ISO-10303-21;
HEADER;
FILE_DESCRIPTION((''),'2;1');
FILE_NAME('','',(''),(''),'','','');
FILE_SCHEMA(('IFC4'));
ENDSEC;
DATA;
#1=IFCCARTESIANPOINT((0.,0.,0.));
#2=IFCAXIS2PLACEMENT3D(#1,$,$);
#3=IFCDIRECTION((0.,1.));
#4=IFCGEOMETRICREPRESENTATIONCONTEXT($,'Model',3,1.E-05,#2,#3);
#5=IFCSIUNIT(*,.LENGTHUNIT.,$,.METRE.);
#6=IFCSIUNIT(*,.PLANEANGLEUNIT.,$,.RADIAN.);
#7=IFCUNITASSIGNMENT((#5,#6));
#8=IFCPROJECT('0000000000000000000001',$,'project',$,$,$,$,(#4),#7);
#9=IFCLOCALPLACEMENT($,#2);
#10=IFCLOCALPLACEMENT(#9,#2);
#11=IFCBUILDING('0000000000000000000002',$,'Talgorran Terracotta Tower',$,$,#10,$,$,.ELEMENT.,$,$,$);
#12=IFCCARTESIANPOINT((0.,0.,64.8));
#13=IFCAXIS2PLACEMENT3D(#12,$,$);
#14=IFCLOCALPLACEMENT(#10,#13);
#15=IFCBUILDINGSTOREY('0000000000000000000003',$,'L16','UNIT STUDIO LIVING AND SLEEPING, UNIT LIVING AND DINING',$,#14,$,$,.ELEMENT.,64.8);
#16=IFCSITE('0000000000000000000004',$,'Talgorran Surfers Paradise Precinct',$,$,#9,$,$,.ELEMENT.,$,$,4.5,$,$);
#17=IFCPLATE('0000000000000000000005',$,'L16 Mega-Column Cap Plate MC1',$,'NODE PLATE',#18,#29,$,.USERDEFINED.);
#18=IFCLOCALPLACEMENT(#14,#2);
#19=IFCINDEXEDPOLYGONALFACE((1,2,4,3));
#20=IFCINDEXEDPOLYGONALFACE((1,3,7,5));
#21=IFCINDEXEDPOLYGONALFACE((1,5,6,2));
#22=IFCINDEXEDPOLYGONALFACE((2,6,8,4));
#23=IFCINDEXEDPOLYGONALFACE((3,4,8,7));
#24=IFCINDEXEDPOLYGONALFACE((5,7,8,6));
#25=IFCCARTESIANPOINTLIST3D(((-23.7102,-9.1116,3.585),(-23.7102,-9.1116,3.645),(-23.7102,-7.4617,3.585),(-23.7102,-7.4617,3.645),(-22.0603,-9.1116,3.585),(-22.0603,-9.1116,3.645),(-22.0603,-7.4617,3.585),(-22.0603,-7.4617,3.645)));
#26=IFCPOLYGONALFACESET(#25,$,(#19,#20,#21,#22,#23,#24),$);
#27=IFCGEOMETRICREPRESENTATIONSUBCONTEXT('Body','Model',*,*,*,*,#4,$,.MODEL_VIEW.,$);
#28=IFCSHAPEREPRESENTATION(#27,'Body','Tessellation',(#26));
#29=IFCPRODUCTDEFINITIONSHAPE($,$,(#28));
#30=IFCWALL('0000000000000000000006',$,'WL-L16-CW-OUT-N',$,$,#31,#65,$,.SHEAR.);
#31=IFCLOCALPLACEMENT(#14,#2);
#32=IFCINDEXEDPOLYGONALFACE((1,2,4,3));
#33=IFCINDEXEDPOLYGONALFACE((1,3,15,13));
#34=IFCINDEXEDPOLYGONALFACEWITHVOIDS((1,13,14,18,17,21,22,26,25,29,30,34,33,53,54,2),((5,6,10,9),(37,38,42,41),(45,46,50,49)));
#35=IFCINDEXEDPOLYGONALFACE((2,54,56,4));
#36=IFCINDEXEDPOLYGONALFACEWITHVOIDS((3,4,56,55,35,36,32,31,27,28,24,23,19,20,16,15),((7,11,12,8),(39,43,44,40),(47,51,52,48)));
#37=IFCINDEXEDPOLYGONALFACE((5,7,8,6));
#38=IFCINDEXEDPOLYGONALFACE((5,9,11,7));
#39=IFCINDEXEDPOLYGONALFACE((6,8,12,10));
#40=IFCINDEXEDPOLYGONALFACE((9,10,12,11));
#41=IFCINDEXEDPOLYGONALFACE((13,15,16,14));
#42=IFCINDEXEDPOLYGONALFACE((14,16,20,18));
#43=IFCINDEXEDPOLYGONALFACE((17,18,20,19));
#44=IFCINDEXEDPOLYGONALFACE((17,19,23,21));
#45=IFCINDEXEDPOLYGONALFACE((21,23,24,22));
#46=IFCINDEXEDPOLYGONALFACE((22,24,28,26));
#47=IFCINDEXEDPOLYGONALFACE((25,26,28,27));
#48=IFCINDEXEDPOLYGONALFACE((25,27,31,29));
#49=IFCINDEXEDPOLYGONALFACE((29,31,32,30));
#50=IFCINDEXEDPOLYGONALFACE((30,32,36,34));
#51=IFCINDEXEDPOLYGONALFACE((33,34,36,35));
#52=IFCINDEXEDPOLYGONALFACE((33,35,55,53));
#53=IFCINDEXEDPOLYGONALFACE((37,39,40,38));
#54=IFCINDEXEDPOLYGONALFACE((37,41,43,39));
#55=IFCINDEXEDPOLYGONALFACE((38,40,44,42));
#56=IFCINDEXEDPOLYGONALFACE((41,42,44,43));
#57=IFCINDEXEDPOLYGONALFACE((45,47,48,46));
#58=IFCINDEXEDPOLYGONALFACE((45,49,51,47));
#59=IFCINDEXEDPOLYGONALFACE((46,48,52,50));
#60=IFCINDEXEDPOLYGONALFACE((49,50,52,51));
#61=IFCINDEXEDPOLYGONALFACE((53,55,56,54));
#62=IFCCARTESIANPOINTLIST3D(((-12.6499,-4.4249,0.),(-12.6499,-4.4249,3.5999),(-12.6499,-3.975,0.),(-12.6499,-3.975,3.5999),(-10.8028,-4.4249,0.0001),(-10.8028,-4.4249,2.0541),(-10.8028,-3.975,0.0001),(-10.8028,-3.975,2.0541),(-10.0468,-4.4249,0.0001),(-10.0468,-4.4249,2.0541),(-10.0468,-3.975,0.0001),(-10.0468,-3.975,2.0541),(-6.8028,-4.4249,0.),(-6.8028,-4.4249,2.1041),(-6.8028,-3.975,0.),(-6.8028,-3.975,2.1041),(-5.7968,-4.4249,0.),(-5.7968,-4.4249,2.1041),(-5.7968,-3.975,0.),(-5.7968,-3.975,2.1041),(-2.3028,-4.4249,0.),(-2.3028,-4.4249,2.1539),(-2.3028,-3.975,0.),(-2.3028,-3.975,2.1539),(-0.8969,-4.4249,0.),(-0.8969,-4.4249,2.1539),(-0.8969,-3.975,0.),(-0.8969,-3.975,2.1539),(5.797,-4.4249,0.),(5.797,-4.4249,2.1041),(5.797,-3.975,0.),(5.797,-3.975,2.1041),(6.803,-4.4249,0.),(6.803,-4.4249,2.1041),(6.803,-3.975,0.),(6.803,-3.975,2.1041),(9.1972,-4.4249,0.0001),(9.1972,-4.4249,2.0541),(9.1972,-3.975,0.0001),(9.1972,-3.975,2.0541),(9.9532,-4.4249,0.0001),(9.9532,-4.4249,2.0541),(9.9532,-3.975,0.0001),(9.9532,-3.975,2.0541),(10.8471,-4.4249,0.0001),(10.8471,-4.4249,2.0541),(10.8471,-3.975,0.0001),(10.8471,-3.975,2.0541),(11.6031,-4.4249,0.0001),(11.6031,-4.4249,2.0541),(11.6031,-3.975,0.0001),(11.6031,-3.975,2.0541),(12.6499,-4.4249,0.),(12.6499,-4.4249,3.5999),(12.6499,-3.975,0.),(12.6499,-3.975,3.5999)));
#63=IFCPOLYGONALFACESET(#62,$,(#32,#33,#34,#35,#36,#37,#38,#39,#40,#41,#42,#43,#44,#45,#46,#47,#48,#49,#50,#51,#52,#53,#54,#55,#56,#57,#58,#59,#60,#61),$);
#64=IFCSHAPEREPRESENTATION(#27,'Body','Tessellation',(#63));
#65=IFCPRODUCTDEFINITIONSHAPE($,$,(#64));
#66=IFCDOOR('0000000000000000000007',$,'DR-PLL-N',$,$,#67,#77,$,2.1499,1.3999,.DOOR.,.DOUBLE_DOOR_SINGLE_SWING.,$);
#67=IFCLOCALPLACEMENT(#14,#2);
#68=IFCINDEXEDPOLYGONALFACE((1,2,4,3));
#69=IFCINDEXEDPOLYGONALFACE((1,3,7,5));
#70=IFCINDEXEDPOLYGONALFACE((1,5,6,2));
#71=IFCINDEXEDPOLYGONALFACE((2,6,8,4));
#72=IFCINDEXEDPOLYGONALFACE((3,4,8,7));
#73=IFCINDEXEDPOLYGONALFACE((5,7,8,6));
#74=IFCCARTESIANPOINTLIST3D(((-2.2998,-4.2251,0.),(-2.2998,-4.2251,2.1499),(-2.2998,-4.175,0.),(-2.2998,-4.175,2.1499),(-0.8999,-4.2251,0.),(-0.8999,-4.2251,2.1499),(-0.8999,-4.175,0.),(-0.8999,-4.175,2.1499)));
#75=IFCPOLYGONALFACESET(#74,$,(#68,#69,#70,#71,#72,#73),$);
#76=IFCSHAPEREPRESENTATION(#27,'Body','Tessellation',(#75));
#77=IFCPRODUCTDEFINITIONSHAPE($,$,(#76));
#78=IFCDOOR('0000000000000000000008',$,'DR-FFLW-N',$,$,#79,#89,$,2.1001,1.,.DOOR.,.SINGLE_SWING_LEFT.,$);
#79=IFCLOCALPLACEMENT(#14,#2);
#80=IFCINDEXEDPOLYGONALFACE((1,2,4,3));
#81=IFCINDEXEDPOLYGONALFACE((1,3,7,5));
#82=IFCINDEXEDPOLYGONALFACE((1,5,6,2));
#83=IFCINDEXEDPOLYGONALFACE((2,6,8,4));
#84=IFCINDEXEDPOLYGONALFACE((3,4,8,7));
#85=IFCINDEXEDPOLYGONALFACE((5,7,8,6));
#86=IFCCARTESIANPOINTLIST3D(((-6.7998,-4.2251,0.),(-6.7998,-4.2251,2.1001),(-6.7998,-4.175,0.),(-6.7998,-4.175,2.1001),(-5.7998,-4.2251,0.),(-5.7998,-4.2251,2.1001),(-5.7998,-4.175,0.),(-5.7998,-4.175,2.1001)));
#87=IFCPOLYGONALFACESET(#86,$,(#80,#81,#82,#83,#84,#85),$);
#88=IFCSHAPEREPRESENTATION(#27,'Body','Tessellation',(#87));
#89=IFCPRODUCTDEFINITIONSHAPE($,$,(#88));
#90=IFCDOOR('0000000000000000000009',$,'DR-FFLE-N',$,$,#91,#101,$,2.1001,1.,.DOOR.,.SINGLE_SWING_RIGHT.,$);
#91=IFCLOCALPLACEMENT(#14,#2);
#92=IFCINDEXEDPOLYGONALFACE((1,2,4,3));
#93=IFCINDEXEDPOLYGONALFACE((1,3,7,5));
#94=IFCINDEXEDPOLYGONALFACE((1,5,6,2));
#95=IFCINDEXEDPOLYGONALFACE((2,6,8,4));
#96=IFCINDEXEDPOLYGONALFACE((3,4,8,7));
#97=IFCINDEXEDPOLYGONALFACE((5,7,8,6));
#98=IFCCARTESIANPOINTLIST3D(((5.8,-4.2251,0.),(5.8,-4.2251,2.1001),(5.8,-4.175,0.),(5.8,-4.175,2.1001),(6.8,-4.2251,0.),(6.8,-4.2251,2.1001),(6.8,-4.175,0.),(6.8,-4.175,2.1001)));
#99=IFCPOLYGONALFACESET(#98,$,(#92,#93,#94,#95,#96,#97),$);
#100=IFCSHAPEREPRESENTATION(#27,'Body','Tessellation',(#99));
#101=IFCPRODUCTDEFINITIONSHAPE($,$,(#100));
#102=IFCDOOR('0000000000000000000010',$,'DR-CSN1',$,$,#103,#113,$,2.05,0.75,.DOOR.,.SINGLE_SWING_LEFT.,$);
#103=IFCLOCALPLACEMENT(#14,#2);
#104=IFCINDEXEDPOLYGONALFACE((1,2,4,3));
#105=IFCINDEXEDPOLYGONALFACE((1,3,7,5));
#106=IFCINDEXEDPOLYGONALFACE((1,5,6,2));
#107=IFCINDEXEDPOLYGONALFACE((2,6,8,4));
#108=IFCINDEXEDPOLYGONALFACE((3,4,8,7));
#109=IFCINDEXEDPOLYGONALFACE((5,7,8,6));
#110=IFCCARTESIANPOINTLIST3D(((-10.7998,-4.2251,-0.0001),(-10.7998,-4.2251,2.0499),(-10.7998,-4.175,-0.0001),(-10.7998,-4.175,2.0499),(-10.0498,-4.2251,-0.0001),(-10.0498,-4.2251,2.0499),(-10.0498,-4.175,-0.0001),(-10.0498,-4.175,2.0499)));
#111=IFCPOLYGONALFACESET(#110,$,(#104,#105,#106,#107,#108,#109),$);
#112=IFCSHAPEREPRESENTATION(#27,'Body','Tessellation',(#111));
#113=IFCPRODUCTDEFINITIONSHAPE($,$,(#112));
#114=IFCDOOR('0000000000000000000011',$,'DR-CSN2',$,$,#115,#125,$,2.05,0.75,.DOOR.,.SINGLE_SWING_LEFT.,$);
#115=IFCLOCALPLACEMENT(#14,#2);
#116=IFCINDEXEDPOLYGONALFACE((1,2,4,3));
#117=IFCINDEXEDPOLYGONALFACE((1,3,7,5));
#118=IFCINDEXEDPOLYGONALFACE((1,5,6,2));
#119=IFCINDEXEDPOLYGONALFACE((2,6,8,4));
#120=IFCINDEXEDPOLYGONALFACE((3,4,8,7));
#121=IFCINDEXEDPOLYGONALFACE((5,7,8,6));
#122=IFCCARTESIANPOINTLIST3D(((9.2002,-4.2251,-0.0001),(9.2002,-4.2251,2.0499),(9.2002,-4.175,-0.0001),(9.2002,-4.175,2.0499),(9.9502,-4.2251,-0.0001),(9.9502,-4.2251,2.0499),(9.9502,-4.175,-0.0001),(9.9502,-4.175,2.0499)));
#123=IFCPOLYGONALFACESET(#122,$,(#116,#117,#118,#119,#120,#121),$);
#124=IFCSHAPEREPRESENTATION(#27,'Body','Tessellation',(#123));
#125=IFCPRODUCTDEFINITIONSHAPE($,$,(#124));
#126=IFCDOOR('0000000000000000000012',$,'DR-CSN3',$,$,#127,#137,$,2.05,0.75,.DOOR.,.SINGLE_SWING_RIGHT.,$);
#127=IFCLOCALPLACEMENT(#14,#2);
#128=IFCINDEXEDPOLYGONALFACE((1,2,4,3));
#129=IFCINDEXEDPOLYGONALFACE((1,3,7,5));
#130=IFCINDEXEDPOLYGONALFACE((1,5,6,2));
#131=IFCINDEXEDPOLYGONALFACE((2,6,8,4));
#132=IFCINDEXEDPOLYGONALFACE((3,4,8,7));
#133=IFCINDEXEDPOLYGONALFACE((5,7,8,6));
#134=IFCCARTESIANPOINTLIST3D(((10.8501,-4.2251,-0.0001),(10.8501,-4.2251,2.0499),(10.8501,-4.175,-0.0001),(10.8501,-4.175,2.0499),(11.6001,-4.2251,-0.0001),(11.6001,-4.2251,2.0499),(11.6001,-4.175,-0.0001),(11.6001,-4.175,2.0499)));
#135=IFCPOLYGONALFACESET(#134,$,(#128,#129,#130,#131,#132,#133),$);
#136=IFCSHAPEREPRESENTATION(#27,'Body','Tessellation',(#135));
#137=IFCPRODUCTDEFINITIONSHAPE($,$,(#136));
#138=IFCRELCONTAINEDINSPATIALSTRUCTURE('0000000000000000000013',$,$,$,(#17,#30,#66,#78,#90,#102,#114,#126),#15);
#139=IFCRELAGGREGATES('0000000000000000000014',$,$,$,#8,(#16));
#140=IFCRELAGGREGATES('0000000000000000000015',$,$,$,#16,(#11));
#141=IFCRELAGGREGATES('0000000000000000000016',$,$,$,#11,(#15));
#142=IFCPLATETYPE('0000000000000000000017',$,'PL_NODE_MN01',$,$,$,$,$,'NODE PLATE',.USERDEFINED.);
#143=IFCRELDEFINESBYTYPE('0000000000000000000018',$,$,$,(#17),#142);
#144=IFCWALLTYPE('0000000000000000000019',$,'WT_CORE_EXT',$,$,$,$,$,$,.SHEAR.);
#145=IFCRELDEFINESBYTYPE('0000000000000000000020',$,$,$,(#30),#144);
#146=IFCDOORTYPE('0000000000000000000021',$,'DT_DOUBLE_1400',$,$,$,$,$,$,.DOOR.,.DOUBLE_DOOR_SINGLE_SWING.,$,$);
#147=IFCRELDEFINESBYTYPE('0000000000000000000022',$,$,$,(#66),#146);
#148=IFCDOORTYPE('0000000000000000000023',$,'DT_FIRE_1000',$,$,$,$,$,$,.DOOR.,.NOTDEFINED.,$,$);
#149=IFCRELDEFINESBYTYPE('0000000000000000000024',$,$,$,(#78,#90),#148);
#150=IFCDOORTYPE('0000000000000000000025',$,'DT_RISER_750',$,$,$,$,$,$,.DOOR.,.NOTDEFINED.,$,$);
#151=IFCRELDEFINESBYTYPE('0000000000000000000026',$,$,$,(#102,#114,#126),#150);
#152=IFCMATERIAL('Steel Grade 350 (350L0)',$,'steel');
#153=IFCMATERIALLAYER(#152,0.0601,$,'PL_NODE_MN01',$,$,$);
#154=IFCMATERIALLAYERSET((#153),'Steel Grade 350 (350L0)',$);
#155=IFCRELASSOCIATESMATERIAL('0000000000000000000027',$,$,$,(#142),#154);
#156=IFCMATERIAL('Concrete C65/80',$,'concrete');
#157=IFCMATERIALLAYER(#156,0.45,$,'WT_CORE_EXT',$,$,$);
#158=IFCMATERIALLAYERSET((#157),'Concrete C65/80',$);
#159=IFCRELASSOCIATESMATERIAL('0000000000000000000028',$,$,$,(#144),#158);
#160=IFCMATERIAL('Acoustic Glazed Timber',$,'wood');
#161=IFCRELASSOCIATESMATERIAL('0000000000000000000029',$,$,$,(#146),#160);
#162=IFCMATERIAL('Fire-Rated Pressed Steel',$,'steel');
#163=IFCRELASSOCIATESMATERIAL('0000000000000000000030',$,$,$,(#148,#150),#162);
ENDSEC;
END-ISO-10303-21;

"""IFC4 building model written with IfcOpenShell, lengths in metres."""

from ifc_helpers import new_model, si_unit, direction, frame, frame_2d, origin, origin_2d, place, context, subcontext, project, spatial, rectangle, extrude, material, layer, layer_set, type_object, element, fill, save


model = new_model("IFC4")

# Units and contexts
model_context = context("Model", 3, precision=1e-05, world=origin(), true_north=direction((0.0, 1.0)))
body_context = subcontext(model_context, "Body", "Model", "MODEL_VIEW")
ifc_project = project(units=[si_unit("LENGTHUNIT", "METRE"), si_unit("PLANEANGLEUNIT", "RADIAN")], contexts=[model_context])

# Site, building, storey
site_placement = place(None, origin())
site = spatial("IfcSite", under=ifc_project, at=site_placement, Name="Talgorran Surfers Paradise Precinct", CompositionType="ELEMENT", RefElevation=4.5)
building_placement = place(site_placement, origin())
building = spatial("IfcBuilding", under=site, at=building_placement, Name="Talgorran Terracotta Tower", CompositionType="ELEMENT")
storey_placement = place(building_placement, frame((0.0, 0.0, 64.8)))
storey = spatial("IfcBuildingStorey", under=building, at=storey_placement, Name="L16", Description="UNIT STUDIO LIVING AND SLEEPING, UNIT LIVING AND DINING", CompositionType="ELEMENT", Elevation=64.8)

# Shared definitions
ifc_material_1 = material(Name="Steel Grade 350 (350L0)", Category="steel")

# Plate
ifc_layer_1 = layer(ifc_material_1, 0.0601, Name="PL_NODE_MN01")
ifc_layer_set_1 = layer_set([ifc_layer_1], Name="Steel Grade 350 (350L0)")
plate_type_1 = type_object("IfcPlateType", Name="PL_NODE_MN01", ElementType="NODE PLATE", PredefinedType="USERDEFINED", material=ifc_layer_set_1)
plate_placement = place(storey_placement, frame((-22.8853, -8.2866, 3.585), z_axis=(0.0, 0.0, 1.0), x_axis=(1.0, 0.0, 0.0)))
element("IfcPlate", 1, at=plate_placement, inside=storey, type_object=plate_type_1, Name="L16 Mega-Column Cap Plate MC1", ObjectType="NODE PLATE", PredefinedType="USERDEFINED", context=body_context, shape_type="SweptSolid", body=[
    extrude(rectangle(XDim=1.6499, YDim=1.6499, at=origin_2d()), origin(), (0.0, 0.0, 1.0), 0.0601),
])

# Wall, openings, doors
ifc_material_2 = material(Name="Concrete C65/80", Category="concrete")
ifc_layer_2 = layer(ifc_material_2, 0.45, Name="WT_CORE_EXT")
ifc_layer_set_2 = layer_set([ifc_layer_2], Name="Concrete C65/80")
wall_type_1 = type_object("IfcWallType", Name="WT_CORE_EXT", PredefinedType="SHEAR", material=ifc_layer_set_2)
wall_1_placement = place(storey_placement, frame((-12.6499, -4.2, 0.0), z_axis=(0.0, 0.0, 1.0), x_axis=(1.0, 0.0, 0.0)))
wall_1 = element("IfcWall", 2, at=wall_1_placement, inside=storey, type_object=wall_type_1, Name="WL-L16-CW-OUT-N", PredefinedType="SHEAR", context=body_context, shape_type="SweptSolid", body=[
    extrude(rectangle(XDim=25.2998, YDim=0.45, at=frame_2d((12.6499, 0.0))), origin(), (0.0, 0.0, 1.0), 3.5999),
])
opening_1_placement = place(wall_1_placement, frame((1.8501, 0.0, 0.0)))
opening_1 = element("IfcOpeningElement", 3, at=opening_1_placement, cuts=wall_1, PredefinedType="OPENING", context=body_context, shape_type="SweptSolid", body=[
    extrude(rectangle(XDim=0.756, YDim=2.054, at=frame_2d((0.375, 1.0271))), frame((0.0, 0.2349, 0.0), z_axis=(0.0, -1.0, 0.0), x_axis=(1.0, 0.0, 0.0)), (0.0, 0.0, 1.0), 0.47),
])
opening_2_placement = place(wall_1_placement, frame((21.8501, 0.0, 0.0)))
opening_2 = element("IfcOpeningElement", 4, at=opening_2_placement, cuts=wall_1, PredefinedType="OPENING", context=body_context, shape_type="SweptSolid", body=[
    extrude(rectangle(XDim=0.756, YDim=2.054, at=frame_2d((0.375, 1.0271))), frame((0.0, 0.2349, 0.0), z_axis=(0.0, -1.0, 0.0), x_axis=(1.0, 0.0, 0.0)), (0.0, 0.0, 1.0), 0.47),
])
opening_3_placement = place(wall_1_placement, frame((23.5, 0.0, 0.0)))
opening_3 = element("IfcOpeningElement", 5, at=opening_3_placement, cuts=wall_1, PredefinedType="OPENING", context=body_context, shape_type="SweptSolid", body=[
    extrude(rectangle(XDim=0.756, YDim=2.054, at=frame_2d((0.375, 1.0271))), frame((0.0, 0.2349, 0.0), z_axis=(0.0, -1.0, 0.0), x_axis=(1.0, 0.0, 0.0)), (0.0, 0.0, 1.0), 0.47),
])
opening_4_placement = place(wall_1_placement, frame((5.8501, 0.0, 0.0)))
opening_4 = element("IfcOpeningElement", 6, at=opening_4_placement, cuts=wall_1, PredefinedType="OPENING", context=body_context, shape_type="SweptSolid", body=[
    extrude(rectangle(XDim=1.006, YDim=2.1041, at=frame_2d((0.5, 1.052))), frame((0.0, 0.2349, 0.0), z_axis=(0.0, -1.0, 0.0), x_axis=(1.0, 0.0, 0.0)), (0.0, 0.0, 1.0), 0.47),
])
opening_5_placement = place(wall_1_placement, frame((10.3501, 0.0, 0.0)))
opening_5 = element("IfcOpeningElement", 7, at=opening_5_placement, cuts=wall_1, PredefinedType="OPENING", context=body_context, shape_type="SweptSolid", body=[
    extrude(rectangle(XDim=1.4059, YDim=2.1539, at=frame_2d((0.7, 1.0769))), frame((0.0, 0.2349, 0.0), z_axis=(0.0, -1.0, 0.0), x_axis=(1.0, 0.0, 0.0)), (0.0, 0.0, 1.0), 0.47),
])
opening_6_placement = place(wall_1_placement, frame((18.45, 0.0, 0.0)))
opening_6 = element("IfcOpeningElement", 8, at=opening_6_placement, cuts=wall_1, PredefinedType="OPENING", context=body_context, shape_type="SweptSolid", body=[
    extrude(rectangle(XDim=1.006, YDim=2.1041, at=frame_2d((0.5, 1.052))), frame((0.0, 0.2349, 0.0), z_axis=(0.0, -1.0, 0.0), x_axis=(1.0, 0.0, 0.0)), (0.0, 0.0, 1.0), 0.47),
])
ifc_material_3 = material(Name="Acoustic Glazed Timber", Category="wood")
door_type_1 = type_object("IfcDoorType", Name="DT_DOUBLE_1400", OperationType="DOUBLE_DOOR_SINGLE_SWING", PredefinedType="DOOR", material=ifc_material_3)
door_1_placement = place(opening_5_placement, origin())
door_1 = element("IfcDoor", 9, at=door_1_placement, inside=storey, type_object=door_type_1, Name="DR-PLL-N", OperationType="DOUBLE_DOOR_SINGLE_SWING", OverallHeight=2.1499, OverallWidth=1.3999, PredefinedType="DOOR", context=body_context, shape_type="SweptSolid", body=[
    extrude(rectangle(XDim=1.3999, YDim=2.1499, at=frame_2d((0.7, 1.075))), frame((0.0, 0.0249, 0.0), z_axis=(0.0, -1.0, 0.0), x_axis=(1.0, 0.0, 0.0)), (0.0, 0.0, 1.0), 0.05),
])
fill(opening_5, door_1)
ifc_material_4 = material(Name="Fire-Rated Pressed Steel", Category="steel")
door_type_2 = type_object("IfcDoorType", Name="DT_FIRE_1000", OperationType="NOTDEFINED", PredefinedType="DOOR", material=ifc_material_4)
door_2_placement = place(opening_4_placement, origin())
door_2 = element("IfcDoor", 10, at=door_2_placement, inside=storey, type_object=door_type_2, Name="DR-FFLW-N", OperationType="SINGLE_SWING_LEFT", OverallHeight=2.1001, OverallWidth=1.0, PredefinedType="DOOR", context=body_context, shape_type="SweptSolid", body=[
    extrude(rectangle(XDim=1.0, YDim=2.1001, at=frame_2d((0.5, 1.05))), frame((0.0, 0.0249, 0.0), z_axis=(0.0, -1.0, 0.0), x_axis=(1.0, 0.0, 0.0)), (0.0, 0.0, 1.0), 0.05),
])
fill(opening_4, door_2)
door_3_placement = place(opening_6_placement, origin())
door_3 = element("IfcDoor", 11, at=door_3_placement, inside=storey, type_object=door_type_2, Name="DR-FFLE-N", OperationType="SINGLE_SWING_RIGHT", OverallHeight=2.1001, OverallWidth=1.0, PredefinedType="DOOR", context=body_context, shape_type="SweptSolid", body=[
    extrude(rectangle(XDim=1.0, YDim=2.1001, at=frame_2d((0.5, 1.05))), frame((0.0, 0.0249, 0.0), z_axis=(0.0, -1.0, 0.0), x_axis=(1.0, 0.0, 0.0)), (0.0, 0.0, 1.0), 0.05),
])
fill(opening_6, door_3)
door_type_3 = type_object("IfcDoorType", Name="DT_RISER_750", OperationType="NOTDEFINED", PredefinedType="DOOR", material=ifc_material_4)
door_4_placement = place(opening_1_placement, origin())
door_4 = element("IfcDoor", 12, at=door_4_placement, inside=storey, type_object=door_type_3, Name="DR-CSN1", OperationType="SINGLE_SWING_LEFT", OverallHeight=2.05, OverallWidth=0.75, PredefinedType="DOOR", context=body_context, shape_type="SweptSolid", body=[
    extrude(rectangle(XDim=0.75, YDim=2.05, at=frame_2d((0.375, 1.0249))), frame((0.0, 0.0249, 0.0), z_axis=(0.0, -1.0, 0.0), x_axis=(1.0, 0.0, 0.0)), (0.0, 0.0, 1.0), 0.05),
])
fill(opening_1, door_4)
door_5_placement = place(opening_2_placement, origin())
door_5 = element("IfcDoor", 13, at=door_5_placement, inside=storey, type_object=door_type_3, Name="DR-CSN2", OperationType="SINGLE_SWING_LEFT", OverallHeight=2.05, OverallWidth=0.75, PredefinedType="DOOR", context=body_context, shape_type="SweptSolid", body=[
    extrude(rectangle(XDim=0.75, YDim=2.05, at=frame_2d((0.375, 1.0249))), frame((0.0, 0.0249, 0.0), z_axis=(0.0, -1.0, 0.0), x_axis=(1.0, 0.0, 0.0)), (0.0, 0.0, 1.0), 0.05),
])
fill(opening_2, door_5)
door_6_placement = place(opening_3_placement, origin())
door_6 = element("IfcDoor", 14, at=door_6_placement, inside=storey, type_object=door_type_3, Name="DR-CSN3", OperationType="SINGLE_SWING_RIGHT", OverallHeight=2.05, OverallWidth=0.75, PredefinedType="DOOR", context=body_context, shape_type="SweptSolid", body=[
    extrude(rectangle(XDim=0.75, YDim=2.05, at=frame_2d((0.375, 1.0249))), frame((0.0, 0.0249, 0.0), z_axis=(0.0, -1.0, 0.0), x_axis=(1.0, 0.0, 0.0)), (0.0, 0.0, 1.0), 0.05),
])
fill(opening_3, door_6)

save(model, "model.ifc")
